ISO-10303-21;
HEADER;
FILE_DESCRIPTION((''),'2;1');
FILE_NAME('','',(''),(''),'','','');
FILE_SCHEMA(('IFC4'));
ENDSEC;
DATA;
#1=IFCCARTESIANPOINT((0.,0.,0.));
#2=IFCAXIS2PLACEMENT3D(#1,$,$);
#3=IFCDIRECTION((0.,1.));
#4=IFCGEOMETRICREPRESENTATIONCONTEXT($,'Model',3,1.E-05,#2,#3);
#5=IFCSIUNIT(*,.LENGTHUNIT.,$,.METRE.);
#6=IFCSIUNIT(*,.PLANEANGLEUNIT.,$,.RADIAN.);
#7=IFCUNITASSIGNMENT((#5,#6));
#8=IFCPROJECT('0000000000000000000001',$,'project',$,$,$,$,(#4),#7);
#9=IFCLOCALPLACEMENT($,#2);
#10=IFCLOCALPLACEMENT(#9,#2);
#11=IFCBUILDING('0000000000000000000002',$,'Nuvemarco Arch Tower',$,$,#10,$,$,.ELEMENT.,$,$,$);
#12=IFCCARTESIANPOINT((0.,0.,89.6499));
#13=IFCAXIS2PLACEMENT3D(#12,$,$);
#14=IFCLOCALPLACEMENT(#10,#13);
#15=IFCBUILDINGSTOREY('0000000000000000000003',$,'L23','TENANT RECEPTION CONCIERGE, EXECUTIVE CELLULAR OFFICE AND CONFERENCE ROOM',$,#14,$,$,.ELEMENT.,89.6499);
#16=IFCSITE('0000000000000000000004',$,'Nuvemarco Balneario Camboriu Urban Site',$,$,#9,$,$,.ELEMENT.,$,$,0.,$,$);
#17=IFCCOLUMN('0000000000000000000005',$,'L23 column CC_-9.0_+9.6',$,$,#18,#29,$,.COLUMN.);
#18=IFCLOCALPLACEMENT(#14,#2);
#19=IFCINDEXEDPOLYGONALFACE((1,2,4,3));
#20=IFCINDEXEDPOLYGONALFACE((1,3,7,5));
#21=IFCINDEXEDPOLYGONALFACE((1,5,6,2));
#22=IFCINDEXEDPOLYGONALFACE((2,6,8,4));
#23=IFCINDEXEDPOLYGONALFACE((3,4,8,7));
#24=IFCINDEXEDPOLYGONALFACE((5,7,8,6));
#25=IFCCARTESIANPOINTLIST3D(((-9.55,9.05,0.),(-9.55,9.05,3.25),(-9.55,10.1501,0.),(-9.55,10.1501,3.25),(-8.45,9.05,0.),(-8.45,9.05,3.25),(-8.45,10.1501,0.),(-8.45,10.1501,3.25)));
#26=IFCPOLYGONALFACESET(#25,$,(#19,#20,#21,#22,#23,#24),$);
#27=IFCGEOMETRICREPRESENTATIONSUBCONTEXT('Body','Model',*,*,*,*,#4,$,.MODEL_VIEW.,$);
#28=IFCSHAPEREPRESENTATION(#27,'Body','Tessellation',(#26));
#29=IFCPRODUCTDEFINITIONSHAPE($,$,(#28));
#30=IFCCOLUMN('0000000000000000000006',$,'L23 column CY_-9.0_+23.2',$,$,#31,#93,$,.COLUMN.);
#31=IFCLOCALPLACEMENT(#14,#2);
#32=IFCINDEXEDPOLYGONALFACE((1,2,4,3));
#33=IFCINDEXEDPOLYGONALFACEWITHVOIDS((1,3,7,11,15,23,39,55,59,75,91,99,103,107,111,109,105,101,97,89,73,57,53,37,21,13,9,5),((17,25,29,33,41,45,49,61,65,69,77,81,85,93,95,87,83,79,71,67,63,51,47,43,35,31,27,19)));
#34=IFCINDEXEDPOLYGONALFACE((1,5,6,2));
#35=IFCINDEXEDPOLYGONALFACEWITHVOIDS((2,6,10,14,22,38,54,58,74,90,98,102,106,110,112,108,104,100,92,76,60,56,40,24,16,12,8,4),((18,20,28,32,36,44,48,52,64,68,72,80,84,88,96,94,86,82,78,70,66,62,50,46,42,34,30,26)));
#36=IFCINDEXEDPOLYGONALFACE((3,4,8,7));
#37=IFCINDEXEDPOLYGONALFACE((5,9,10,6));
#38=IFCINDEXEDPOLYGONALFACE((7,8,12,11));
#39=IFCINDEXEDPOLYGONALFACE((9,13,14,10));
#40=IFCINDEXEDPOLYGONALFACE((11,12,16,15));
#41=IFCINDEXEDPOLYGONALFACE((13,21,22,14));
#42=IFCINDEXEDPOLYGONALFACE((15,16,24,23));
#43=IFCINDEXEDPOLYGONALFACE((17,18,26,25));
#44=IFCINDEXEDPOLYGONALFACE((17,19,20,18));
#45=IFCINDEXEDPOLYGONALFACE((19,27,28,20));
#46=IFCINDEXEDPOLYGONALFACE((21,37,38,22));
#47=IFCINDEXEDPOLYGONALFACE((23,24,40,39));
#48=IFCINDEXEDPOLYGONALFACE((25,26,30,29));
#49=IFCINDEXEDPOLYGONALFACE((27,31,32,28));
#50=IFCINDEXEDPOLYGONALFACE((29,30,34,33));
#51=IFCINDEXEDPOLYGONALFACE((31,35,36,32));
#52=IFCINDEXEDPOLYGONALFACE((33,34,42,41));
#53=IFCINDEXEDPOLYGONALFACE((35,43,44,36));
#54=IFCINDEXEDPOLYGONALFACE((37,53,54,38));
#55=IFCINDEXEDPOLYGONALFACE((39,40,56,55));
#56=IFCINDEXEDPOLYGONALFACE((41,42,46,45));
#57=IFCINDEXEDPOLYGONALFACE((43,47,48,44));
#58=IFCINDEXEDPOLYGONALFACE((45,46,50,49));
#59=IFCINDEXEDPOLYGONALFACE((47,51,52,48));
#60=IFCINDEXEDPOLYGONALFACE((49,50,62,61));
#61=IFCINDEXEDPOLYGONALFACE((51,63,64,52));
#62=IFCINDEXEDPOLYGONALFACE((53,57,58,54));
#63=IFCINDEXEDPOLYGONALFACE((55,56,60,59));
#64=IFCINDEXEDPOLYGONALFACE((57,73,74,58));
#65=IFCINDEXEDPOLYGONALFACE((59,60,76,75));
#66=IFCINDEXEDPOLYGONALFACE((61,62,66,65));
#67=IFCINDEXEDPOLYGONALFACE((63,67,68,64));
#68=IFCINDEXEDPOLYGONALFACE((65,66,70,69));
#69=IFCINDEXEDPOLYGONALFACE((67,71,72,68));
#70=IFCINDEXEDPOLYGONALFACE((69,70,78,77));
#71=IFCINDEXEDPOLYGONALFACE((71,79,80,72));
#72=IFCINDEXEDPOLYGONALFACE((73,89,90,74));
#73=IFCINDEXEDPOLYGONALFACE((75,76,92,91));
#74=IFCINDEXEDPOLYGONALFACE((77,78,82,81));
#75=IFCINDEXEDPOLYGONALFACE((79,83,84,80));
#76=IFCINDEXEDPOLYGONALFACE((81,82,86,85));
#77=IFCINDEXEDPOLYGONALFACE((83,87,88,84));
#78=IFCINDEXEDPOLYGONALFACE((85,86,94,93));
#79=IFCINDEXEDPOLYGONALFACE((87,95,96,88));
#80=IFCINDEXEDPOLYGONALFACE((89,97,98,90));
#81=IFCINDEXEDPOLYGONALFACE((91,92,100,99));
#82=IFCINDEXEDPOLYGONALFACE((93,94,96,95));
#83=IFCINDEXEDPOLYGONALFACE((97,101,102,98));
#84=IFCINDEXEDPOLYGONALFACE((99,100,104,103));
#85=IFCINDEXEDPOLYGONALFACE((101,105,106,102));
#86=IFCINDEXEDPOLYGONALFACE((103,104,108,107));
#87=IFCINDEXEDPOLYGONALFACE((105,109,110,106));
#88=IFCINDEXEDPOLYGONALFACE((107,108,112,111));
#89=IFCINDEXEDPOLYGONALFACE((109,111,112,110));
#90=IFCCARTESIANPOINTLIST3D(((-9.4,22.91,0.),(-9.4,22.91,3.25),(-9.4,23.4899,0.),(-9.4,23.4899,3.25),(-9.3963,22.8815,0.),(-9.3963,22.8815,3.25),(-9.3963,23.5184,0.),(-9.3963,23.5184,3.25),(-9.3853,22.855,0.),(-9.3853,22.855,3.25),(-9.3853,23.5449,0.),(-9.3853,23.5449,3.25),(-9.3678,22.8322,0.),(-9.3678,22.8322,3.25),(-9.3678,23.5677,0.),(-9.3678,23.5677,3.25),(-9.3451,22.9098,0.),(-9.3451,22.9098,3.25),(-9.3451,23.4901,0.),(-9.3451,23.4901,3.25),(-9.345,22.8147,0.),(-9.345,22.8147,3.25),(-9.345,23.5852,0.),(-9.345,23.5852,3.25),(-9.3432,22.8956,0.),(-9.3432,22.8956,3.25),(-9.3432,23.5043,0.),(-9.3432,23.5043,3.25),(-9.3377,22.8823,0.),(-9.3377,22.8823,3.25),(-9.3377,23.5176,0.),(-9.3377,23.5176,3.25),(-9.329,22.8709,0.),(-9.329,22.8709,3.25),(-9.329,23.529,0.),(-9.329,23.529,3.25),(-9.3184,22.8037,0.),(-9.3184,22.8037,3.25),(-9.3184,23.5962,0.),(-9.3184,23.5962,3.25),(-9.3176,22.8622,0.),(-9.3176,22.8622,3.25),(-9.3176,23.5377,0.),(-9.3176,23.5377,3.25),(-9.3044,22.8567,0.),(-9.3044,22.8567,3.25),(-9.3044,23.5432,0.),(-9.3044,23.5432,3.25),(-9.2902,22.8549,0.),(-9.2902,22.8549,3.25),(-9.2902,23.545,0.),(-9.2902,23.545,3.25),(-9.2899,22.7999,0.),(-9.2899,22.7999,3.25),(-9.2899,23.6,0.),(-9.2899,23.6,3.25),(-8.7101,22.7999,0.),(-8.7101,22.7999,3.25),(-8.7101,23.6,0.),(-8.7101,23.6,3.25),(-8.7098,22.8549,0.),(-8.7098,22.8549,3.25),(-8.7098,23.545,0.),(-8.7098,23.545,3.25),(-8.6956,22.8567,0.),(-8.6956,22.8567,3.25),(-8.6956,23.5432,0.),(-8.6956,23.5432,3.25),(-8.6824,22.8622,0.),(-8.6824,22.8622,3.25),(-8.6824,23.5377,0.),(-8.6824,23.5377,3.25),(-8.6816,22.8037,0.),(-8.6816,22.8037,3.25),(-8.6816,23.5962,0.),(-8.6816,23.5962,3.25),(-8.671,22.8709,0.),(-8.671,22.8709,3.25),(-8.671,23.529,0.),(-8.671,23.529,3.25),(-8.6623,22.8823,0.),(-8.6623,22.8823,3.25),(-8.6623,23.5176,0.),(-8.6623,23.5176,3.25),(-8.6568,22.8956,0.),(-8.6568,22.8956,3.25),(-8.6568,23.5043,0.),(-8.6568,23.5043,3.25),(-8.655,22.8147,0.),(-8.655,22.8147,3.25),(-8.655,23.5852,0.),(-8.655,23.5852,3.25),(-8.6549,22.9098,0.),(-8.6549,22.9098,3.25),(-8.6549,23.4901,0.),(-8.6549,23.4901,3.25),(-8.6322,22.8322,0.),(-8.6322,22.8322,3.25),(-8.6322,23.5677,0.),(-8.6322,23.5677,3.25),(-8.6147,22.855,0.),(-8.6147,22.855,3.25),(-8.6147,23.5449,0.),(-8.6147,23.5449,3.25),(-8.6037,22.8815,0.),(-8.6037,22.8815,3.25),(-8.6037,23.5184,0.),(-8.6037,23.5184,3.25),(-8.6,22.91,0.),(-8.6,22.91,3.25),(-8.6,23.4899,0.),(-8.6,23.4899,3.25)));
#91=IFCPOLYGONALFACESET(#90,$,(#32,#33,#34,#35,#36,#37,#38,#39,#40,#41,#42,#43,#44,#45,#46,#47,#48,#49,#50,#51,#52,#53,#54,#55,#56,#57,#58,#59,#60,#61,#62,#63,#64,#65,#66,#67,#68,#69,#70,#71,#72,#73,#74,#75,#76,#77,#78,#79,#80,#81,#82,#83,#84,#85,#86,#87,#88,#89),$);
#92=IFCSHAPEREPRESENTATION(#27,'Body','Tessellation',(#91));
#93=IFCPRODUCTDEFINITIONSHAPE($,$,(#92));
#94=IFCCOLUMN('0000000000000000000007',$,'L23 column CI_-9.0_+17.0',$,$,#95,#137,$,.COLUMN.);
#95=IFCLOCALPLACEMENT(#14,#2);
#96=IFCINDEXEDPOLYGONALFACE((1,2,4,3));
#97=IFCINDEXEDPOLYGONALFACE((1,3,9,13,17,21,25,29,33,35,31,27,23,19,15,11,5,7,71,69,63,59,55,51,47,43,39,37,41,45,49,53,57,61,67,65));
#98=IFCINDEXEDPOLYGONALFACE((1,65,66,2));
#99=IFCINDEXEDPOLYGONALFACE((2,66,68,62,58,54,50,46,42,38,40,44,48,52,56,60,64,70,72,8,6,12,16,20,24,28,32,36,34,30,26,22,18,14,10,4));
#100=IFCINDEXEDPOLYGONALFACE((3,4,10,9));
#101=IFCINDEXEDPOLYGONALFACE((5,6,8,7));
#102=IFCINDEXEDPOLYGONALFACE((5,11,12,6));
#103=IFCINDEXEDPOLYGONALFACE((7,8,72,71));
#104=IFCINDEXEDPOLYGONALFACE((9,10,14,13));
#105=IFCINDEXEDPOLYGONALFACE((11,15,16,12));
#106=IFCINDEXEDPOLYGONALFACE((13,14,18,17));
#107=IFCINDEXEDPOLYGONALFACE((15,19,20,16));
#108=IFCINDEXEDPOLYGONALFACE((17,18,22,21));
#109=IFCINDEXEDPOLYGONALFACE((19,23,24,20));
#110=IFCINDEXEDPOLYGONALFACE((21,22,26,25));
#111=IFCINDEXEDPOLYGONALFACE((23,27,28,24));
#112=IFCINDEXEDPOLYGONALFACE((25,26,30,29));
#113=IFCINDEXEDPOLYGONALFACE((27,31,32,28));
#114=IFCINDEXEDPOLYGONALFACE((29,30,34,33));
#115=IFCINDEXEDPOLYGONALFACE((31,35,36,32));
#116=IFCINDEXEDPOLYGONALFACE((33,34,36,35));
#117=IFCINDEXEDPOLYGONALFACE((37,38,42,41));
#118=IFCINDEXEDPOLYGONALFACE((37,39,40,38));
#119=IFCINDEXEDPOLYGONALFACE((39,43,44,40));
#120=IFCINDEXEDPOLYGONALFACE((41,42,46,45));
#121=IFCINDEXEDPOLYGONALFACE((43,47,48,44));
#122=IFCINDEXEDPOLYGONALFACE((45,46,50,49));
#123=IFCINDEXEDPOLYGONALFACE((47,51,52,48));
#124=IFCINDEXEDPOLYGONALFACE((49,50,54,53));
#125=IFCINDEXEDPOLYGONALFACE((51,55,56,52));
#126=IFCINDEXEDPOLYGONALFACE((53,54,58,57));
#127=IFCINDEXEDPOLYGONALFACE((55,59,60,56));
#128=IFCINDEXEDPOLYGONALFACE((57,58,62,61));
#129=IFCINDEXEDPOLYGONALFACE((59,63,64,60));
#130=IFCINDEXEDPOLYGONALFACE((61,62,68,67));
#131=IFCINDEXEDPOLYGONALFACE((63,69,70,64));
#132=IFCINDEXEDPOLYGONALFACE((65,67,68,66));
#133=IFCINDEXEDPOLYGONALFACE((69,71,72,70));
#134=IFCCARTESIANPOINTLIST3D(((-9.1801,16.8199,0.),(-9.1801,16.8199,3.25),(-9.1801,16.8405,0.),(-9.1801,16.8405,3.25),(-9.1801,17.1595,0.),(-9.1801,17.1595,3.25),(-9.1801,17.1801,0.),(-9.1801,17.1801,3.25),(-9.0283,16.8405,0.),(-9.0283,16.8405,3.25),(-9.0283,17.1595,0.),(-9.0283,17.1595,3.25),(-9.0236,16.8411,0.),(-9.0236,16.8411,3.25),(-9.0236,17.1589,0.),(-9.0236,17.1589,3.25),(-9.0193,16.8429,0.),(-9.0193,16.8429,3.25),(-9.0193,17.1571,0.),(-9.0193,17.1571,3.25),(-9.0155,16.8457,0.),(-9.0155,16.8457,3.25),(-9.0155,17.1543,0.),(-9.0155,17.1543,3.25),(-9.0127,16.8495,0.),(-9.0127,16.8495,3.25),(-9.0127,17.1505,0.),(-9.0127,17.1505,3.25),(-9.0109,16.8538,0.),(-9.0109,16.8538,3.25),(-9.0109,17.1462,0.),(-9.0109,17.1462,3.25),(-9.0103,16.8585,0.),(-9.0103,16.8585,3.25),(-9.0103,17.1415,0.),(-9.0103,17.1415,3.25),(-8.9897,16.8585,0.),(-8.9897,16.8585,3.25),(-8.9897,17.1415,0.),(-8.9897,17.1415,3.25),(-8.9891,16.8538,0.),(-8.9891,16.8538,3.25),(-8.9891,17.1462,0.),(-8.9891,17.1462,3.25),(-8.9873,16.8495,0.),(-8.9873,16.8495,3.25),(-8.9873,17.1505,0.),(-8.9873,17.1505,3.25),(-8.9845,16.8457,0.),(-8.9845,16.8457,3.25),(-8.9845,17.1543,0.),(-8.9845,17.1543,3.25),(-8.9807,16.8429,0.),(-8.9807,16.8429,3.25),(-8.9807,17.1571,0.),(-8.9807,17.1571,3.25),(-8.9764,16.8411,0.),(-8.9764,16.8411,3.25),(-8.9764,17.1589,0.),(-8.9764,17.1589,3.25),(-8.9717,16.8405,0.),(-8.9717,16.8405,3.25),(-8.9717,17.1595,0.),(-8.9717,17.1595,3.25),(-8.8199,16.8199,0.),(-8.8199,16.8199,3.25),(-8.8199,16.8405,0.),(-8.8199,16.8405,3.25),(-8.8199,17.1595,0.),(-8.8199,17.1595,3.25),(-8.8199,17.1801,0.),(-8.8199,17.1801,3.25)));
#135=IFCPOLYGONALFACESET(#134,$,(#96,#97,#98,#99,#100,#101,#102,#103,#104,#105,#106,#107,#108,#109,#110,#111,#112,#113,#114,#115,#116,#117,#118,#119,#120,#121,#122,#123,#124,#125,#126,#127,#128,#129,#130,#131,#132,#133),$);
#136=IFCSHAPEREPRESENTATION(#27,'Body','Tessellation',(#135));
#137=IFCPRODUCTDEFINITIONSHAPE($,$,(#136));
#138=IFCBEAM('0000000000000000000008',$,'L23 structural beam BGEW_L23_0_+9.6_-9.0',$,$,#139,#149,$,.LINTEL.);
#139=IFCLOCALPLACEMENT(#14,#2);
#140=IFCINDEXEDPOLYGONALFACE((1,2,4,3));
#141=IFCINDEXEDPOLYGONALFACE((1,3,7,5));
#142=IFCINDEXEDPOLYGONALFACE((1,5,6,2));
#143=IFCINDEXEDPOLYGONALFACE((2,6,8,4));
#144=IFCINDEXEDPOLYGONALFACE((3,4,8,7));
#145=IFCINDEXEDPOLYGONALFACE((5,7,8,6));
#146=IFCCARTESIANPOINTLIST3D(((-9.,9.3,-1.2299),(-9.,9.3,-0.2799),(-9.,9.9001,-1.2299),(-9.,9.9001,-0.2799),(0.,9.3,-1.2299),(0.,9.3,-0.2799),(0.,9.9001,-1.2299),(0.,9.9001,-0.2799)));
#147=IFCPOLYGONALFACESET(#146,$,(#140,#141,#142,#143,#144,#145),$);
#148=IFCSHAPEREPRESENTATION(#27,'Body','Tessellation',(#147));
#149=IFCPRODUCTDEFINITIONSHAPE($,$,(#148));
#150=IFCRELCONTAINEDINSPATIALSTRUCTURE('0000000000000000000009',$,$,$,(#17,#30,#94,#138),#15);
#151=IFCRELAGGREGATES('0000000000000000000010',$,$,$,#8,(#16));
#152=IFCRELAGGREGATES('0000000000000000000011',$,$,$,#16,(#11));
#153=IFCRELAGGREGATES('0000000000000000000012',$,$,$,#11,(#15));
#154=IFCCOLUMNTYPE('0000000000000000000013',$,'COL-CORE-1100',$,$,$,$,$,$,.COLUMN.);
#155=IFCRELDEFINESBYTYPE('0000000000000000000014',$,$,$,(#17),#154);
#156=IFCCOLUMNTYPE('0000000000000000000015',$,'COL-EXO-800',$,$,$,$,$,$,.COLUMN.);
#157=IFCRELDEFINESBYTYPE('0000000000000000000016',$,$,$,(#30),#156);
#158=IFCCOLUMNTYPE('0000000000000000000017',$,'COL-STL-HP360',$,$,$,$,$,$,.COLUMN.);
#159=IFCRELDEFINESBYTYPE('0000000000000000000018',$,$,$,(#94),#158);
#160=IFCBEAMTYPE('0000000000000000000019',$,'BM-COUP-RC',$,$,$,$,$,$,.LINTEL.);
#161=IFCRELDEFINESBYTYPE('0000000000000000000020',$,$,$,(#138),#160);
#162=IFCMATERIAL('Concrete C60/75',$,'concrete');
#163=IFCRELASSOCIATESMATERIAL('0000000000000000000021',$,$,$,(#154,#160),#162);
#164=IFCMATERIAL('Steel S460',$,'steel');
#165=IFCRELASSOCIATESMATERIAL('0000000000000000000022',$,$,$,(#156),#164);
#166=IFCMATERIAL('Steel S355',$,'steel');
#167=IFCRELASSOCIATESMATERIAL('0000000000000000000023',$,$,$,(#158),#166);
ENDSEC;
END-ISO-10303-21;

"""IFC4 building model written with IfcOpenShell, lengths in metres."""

from ifc_helpers import new_model, si_unit, direction, frame, origin, origin_2d, place, context, subcontext, project, spatial, rectangle, hollow_rectangle, i_section, extrude, material, material_profile, profile_set, type_object, element, save


model = new_model("IFC4")

# Units and contexts
model_context = context("Model", 3, precision=1e-05, world=origin(), true_north=direction((0.0, 1.0)))
body_context = subcontext(model_context, "Body", "Model", "MODEL_VIEW")
ifc_project = project(units=[si_unit("LENGTHUNIT", "METRE"), si_unit("PLANEANGLEUNIT", "RADIAN")], contexts=[model_context])

# Site, building, storey
site_placement = place(None, origin())
site = spatial("IfcSite", under=ifc_project, at=site_placement, Name="Nuvemarco Balneario Camboriu Urban Site", CompositionType="ELEMENT", RefElevation=0.0)
building_placement = place(site_placement, origin())
building = spatial("IfcBuilding", under=site, at=building_placement, Name="Nuvemarco Arch Tower", CompositionType="ELEMENT")
storey_placement = place(building_placement, frame((0.0, 0.0, 89.6499)))
storey = spatial("IfcBuildingStorey", under=building, at=storey_placement, Name="L23", Description="TENANT RECEPTION CONCIERGE, EXECUTIVE CELLULAR OFFICE AND CONFERENCE ROOM", CompositionType="ELEMENT", Elevation=89.6499)

# Columns
ifc_material_1 = material(Name="Concrete C60/75", Category="concrete")
ifc_material_profile_1 = material_profile(ifc_material_1, rectangle(XDim=1.1001, YDim=1.1001, at=origin_2d()), Name="RC-COL-1100x1100")
ifc_profile_set_1 = profile_set([ifc_material_profile_1], Name="Concrete C60/75")
column_type_1 = type_object("IfcColumnType", Name="COL-CORE-1100", PredefinedType="COLUMN", material=ifc_profile_set_1)
column_1_placement = place(storey_placement, frame((-9.0, 9.6001, 0.0), z_axis=(0.0, 0.0, 1.0), x_axis=(1.0, 0.0, 0.0)))
element("IfcColumn", 1, at=column_1_placement, inside=storey, type_object=column_type_1, Name="L23 column CC_-9.0_+9.6", PredefinedType="COLUMN", context=body_context, shape_type="SweptSolid", body=[
    extrude(rectangle(XDim=1.1001, YDim=1.1001, at=origin_2d()), origin(), (0.0, 0.0, 1.0), 3.25),
])
ifc_material_2 = material(Name="Steel S460", Category="steel")
ifc_material_profile_2 = material_profile(ifc_material_2, hollow_rectangle(XDim=0.8, YDim=0.8, WallThickness=0.0549, InnerFilletRadius=0.0549, OuterFilletRadius=0.1101, at=origin_2d()), Name="SHS800x800x55")
ifc_profile_set_2 = profile_set([ifc_material_profile_2], Name="Steel S460")
column_type_2 = type_object("IfcColumnType", Name="COL-EXO-800", PredefinedType="COLUMN", material=ifc_profile_set_2)
column_2_placement = place(storey_placement, frame((-9.0, 23.2, 0.0), z_axis=(0.0, 0.0, 1.0), x_axis=(1.0, 0.0, 0.0)))
element("IfcColumn", 2, at=column_2_placement, inside=storey, type_object=column_type_2, Name="L23 column CY_-9.0_+23.2", PredefinedType="COLUMN", context=body_context, shape_type="SweptSolid", body=[
    extrude(hollow_rectangle(XDim=0.8, YDim=0.8, WallThickness=0.0549, InnerFilletRadius=0.0549, OuterFilletRadius=0.1101, at=origin_2d()), origin(), (0.0, 0.0, 1.0), 3.25),
])
ifc_material_3 = material(Name="Steel S355", Category="steel")
ifc_material_profile_3 = material_profile(ifc_material_3, i_section(OverallWidth=0.3601, OverallDepth=0.3601, WebThickness=0.0205, FlangeThickness=0.0205, FilletRadius=0.0181, at=origin_2d()), Name="HP360x174")
ifc_profile_set_3 = profile_set([ifc_material_profile_3], Name="Steel S355")
column_type_3 = type_object("IfcColumnType", Name="COL-STL-HP360", PredefinedType="COLUMN", material=ifc_profile_set_3)
column_3_placement = place(storey_placement, frame((-9.0, 17.0, 0.0), z_axis=(0.0, 0.0, 1.0), x_axis=(1.0, 0.0, 0.0)))
element("IfcColumn", 3, at=column_3_placement, inside=storey, type_object=column_type_3, Name="L23 column CI_-9.0_+17.0", PredefinedType="COLUMN", context=body_context, shape_type="SweptSolid", body=[
    extrude(i_section(OverallWidth=0.3601, OverallDepth=0.3601, WebThickness=0.0205, FlangeThickness=0.0205, FilletRadius=0.0181, at=origin_2d()), origin(), (0.0, 0.0, 1.0), 3.25),
])

# Beam
ifc_material_profile_4 = material_profile(ifc_material_1, rectangle(XDim=0.6001, YDim=0.95, at=origin_2d()), Name="RC-BM-600x950")
ifc_profile_set_4 = profile_set([ifc_material_profile_4], Name="Concrete C60/75")
beam_type_1 = type_object("IfcBeamType", Name="BM-COUP-RC", PredefinedType="LINTEL", material=ifc_profile_set_4)
beam_1_placement = place(storey_placement, frame((-9.0, 9.6001, -0.7549), z_axis=(1.0, 0.0, 0.0), x_axis=(0.0, 1.0, 0.0)))
element("IfcBeam", 4, at=beam_1_placement, inside=storey, type_object=beam_type_1, Name="L23 structural beam BGEW_L23_0_+9.6_-9.0", PredefinedType="LINTEL", context=body_context, shape_type="SweptSolid", body=[
    extrude(rectangle(XDim=0.6001, YDim=0.95, at=origin_2d()), origin(), (0.0, 0.0, 1.0), 9.0),
])

save(model, "model.ifc")
